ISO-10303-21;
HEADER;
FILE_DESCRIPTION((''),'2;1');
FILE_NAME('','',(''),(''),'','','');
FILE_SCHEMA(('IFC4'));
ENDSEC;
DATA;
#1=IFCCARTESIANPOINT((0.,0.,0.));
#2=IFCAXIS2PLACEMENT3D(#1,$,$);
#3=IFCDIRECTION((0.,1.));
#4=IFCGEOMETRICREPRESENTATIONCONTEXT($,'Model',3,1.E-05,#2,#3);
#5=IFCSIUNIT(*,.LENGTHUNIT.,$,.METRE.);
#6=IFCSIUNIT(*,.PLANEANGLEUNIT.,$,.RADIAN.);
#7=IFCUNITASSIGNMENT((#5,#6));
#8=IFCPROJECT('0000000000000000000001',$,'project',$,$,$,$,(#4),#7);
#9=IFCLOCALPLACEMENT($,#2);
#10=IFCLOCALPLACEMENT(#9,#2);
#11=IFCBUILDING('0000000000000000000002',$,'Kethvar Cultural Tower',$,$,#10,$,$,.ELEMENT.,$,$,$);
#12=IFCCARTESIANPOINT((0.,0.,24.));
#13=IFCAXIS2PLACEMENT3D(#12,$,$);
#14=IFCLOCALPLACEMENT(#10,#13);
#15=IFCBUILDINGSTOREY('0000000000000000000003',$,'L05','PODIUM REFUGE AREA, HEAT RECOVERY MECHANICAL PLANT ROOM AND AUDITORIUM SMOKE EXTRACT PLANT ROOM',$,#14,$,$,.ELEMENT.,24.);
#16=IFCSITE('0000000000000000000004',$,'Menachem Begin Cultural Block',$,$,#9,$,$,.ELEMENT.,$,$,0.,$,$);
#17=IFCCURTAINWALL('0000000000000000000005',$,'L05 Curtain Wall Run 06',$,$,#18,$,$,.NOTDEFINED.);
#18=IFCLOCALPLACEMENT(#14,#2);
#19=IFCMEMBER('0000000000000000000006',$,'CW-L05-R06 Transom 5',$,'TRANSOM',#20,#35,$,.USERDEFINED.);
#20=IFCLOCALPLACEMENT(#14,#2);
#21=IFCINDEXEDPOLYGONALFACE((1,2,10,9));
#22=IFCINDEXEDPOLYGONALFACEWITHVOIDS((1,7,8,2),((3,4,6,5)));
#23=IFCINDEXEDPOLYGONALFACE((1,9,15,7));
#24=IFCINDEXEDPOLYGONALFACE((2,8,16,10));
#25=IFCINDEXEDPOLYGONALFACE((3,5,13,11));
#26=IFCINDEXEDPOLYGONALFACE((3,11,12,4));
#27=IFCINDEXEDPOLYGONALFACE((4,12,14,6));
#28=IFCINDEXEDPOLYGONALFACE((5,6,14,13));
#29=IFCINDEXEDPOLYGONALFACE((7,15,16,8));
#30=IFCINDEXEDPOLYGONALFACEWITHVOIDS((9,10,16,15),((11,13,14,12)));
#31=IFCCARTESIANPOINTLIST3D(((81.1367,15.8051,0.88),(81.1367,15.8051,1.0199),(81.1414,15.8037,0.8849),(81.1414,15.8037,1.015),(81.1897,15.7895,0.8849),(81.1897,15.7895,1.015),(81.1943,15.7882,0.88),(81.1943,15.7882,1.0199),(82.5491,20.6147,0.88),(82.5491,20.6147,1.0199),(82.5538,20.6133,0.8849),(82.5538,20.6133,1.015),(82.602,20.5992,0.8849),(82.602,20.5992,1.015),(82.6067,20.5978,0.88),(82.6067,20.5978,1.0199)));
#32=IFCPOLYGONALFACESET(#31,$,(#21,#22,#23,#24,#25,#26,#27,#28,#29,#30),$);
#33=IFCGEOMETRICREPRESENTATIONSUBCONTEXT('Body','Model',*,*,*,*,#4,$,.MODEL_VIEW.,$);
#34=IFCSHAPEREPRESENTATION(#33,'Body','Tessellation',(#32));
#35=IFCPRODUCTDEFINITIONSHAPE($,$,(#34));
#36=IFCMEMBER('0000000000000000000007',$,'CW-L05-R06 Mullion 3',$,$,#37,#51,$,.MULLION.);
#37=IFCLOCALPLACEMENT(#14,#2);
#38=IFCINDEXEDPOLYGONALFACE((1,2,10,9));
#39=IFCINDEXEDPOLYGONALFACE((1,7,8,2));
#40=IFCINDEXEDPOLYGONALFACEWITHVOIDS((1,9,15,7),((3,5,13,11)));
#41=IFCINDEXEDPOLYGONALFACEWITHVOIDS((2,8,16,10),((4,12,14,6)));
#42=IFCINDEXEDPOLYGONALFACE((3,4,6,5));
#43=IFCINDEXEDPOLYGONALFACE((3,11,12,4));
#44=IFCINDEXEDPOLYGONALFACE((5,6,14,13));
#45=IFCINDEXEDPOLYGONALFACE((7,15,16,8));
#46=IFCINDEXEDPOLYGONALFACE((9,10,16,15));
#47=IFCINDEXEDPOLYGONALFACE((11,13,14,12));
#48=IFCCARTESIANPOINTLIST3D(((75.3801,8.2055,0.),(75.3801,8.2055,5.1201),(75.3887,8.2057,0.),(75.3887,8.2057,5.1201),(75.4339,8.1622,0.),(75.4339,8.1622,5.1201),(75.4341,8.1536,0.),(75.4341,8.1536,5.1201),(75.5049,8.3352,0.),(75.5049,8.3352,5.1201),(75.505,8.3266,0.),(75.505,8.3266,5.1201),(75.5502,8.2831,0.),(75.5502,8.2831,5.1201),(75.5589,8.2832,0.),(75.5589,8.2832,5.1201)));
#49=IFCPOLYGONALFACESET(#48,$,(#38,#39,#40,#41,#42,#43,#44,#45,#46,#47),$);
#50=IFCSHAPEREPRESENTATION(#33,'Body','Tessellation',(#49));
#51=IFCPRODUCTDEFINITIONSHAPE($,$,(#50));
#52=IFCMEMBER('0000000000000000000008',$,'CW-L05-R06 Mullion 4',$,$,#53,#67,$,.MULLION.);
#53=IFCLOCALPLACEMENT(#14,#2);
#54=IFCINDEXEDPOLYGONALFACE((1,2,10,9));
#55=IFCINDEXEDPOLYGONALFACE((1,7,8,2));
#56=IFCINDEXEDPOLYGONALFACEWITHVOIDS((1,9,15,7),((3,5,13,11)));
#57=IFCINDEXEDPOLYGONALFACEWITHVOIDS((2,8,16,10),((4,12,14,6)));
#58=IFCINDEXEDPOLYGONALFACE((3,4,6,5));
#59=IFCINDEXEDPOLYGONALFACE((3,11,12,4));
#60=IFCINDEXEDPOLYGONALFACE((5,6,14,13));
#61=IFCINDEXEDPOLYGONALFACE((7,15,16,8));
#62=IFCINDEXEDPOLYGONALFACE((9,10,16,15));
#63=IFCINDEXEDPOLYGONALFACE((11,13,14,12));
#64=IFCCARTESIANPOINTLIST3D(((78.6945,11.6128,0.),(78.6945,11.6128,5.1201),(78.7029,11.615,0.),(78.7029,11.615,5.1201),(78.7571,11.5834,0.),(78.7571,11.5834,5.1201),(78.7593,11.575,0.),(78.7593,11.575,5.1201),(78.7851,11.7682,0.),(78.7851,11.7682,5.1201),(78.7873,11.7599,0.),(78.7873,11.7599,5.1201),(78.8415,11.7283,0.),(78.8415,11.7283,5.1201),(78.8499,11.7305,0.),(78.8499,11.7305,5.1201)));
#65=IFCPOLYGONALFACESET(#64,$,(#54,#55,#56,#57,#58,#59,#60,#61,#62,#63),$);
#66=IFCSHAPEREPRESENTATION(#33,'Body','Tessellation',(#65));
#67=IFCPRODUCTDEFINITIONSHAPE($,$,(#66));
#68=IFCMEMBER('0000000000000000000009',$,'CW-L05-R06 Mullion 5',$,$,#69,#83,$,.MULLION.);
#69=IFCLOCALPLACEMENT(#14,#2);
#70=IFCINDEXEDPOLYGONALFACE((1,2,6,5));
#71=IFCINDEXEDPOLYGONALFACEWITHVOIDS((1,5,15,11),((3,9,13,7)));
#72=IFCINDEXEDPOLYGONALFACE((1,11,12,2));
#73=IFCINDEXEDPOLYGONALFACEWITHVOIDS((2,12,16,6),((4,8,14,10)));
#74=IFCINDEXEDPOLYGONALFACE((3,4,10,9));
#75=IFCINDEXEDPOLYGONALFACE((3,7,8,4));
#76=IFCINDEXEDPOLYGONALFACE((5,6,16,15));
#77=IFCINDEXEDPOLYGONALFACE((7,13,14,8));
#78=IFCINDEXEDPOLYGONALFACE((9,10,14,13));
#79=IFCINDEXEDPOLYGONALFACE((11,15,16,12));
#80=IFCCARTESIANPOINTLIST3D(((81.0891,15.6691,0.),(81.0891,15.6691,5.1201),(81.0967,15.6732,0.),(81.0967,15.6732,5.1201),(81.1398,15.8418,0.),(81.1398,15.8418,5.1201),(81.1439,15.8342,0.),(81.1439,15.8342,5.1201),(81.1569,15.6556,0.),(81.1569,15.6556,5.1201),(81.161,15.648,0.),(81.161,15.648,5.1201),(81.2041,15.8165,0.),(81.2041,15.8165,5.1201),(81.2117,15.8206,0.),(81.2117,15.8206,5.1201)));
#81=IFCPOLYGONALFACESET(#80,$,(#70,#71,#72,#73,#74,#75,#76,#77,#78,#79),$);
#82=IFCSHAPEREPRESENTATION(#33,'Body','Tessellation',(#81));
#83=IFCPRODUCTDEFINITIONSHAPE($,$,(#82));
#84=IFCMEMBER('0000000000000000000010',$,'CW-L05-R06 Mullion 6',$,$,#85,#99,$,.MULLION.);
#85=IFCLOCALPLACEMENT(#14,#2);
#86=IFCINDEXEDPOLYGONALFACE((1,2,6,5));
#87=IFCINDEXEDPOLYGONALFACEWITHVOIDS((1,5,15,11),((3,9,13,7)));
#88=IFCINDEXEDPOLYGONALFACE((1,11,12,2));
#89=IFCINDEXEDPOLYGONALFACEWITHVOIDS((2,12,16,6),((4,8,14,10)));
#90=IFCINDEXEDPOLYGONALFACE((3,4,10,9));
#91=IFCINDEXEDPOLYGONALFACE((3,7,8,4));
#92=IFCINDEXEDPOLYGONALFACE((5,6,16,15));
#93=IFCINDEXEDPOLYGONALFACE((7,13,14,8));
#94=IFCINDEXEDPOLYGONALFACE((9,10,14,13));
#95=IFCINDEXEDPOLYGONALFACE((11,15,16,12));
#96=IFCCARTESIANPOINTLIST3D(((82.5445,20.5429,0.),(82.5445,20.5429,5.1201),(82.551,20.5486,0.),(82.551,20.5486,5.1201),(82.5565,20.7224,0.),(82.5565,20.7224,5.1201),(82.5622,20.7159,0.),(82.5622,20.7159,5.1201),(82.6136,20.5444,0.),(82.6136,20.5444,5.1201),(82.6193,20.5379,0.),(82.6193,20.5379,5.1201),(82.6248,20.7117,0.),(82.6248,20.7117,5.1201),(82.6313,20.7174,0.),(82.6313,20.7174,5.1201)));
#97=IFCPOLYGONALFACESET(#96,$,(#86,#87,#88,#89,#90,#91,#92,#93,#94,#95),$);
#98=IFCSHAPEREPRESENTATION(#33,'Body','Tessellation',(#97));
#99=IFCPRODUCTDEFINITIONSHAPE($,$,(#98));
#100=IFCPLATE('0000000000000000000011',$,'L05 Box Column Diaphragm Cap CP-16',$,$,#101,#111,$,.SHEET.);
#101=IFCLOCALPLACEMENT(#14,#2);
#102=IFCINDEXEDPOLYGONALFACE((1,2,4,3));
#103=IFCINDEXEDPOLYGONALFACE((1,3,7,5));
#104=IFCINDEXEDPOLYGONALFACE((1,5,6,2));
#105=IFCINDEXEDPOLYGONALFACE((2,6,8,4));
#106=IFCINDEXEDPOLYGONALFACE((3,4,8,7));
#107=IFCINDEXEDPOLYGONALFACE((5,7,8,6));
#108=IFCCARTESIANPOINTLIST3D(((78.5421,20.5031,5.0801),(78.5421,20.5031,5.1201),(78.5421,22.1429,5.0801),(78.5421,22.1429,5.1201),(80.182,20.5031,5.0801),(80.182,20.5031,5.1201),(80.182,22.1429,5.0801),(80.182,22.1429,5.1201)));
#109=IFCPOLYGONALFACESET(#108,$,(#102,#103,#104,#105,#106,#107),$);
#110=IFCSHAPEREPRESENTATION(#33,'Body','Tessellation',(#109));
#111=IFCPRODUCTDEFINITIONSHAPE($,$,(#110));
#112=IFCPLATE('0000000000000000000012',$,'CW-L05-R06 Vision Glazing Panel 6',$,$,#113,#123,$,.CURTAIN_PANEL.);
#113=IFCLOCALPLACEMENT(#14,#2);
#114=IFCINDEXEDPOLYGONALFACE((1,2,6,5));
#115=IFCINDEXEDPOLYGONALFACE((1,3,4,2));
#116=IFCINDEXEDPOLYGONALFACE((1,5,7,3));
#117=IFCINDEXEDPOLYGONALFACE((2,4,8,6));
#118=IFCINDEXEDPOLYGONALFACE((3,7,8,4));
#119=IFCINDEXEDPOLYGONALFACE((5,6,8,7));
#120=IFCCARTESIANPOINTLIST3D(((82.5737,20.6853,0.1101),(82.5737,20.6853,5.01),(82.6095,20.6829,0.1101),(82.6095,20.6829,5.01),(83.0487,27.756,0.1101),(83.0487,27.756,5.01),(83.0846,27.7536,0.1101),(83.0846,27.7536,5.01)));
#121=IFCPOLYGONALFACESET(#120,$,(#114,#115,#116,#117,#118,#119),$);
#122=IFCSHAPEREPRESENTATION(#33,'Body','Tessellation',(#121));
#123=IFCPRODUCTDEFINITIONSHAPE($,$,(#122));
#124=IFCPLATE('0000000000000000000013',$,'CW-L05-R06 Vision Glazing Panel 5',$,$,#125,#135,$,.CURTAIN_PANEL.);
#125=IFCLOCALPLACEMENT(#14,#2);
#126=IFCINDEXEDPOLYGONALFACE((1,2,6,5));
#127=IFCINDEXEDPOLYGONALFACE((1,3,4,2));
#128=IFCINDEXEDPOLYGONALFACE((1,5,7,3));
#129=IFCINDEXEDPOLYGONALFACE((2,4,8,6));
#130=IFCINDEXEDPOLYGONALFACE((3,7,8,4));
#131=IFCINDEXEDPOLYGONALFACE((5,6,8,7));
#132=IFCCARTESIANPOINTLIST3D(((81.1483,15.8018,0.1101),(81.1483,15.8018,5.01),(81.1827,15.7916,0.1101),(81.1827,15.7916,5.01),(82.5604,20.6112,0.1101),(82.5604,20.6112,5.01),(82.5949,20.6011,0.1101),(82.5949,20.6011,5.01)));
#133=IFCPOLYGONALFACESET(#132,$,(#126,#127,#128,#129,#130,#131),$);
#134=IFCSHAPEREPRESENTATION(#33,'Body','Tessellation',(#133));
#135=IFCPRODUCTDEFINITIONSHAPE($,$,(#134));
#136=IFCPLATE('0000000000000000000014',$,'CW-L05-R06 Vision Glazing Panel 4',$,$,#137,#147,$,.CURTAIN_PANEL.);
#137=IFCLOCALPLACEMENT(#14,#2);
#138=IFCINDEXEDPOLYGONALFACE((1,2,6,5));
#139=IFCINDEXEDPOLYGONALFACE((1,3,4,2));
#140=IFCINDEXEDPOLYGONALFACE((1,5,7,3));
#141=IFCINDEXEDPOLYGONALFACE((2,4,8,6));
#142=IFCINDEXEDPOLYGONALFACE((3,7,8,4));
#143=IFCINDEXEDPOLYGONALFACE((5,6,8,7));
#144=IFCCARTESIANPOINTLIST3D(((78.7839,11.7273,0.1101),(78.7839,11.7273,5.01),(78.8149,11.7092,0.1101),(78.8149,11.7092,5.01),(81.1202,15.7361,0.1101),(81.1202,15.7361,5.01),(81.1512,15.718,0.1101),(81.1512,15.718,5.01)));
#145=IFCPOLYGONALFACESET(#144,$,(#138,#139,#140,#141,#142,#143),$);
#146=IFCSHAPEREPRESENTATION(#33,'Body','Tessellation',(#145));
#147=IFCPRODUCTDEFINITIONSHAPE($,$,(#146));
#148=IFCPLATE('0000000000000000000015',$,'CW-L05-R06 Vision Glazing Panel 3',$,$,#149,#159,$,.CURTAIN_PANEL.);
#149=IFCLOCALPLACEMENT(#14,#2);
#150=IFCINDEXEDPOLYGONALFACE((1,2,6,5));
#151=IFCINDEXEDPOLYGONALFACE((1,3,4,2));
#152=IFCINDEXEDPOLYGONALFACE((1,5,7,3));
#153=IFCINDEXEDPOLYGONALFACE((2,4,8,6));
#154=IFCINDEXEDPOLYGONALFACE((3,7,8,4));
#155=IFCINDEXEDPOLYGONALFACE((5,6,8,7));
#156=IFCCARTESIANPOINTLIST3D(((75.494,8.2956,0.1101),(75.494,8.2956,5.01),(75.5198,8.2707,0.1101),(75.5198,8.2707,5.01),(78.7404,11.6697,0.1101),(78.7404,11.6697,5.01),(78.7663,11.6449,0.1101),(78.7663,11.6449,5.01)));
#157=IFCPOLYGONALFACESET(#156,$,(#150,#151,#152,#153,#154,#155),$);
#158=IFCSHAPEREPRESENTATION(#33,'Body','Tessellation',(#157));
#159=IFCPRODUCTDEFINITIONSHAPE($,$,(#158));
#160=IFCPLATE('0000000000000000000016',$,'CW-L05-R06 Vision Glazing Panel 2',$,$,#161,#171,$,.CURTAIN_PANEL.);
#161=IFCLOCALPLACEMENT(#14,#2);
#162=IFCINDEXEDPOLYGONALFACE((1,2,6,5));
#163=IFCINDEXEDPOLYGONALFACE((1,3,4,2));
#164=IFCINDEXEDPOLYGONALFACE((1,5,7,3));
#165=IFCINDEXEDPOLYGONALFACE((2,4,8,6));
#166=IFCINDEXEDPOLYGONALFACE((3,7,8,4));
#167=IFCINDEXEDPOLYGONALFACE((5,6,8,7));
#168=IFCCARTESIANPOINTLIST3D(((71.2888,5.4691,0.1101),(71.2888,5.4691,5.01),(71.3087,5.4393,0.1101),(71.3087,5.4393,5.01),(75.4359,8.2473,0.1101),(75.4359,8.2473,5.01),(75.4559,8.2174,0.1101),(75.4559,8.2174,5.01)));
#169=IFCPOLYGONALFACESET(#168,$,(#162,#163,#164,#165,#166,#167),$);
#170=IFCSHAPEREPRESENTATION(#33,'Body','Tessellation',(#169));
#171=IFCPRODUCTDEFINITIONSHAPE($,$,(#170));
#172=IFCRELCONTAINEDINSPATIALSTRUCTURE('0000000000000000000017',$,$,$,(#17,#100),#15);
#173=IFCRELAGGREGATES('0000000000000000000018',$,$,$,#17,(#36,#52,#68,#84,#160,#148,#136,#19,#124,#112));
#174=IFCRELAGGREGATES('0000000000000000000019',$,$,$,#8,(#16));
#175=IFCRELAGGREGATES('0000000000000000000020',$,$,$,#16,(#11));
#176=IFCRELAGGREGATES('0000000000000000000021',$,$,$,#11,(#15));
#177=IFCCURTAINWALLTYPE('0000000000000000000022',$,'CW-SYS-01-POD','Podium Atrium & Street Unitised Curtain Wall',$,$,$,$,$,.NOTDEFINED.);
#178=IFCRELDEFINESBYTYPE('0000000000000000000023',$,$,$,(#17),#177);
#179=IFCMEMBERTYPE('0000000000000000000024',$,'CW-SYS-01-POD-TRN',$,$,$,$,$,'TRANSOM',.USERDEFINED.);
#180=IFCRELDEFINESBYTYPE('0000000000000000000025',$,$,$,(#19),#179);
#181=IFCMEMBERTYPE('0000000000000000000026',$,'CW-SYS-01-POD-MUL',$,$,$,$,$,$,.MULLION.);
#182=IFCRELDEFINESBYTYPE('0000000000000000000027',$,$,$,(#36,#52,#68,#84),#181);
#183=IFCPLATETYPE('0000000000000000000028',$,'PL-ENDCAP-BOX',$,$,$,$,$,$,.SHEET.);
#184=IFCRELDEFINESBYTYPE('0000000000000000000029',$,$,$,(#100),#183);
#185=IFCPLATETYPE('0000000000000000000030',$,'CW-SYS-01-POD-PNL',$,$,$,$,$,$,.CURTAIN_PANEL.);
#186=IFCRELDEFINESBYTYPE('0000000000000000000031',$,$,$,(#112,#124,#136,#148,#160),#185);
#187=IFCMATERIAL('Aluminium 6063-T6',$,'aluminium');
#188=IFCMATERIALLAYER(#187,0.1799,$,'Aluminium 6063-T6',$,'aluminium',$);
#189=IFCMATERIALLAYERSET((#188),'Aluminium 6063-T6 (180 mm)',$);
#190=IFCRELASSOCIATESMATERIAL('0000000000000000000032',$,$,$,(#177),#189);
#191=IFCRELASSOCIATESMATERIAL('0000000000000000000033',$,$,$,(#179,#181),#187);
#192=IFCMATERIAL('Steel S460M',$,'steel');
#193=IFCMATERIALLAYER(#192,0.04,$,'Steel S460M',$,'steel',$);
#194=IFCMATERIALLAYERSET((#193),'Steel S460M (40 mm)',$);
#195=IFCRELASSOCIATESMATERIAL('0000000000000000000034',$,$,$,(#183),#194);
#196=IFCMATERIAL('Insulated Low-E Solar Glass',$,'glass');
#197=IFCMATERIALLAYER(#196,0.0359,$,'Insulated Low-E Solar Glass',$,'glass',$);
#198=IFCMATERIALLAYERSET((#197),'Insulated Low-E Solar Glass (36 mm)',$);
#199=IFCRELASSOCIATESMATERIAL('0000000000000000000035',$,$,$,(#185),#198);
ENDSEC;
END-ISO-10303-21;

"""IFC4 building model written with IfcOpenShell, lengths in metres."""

from ifc_helpers import new_model, si_unit, direction, frame, origin, origin_2d, place, context, subcontext, project, spatial, rectangle, hollow_rectangle, extrude, source, transform, mapped, material, layer, layer_set, material_profile, profile_set, type_object, element, aggregate, save


model = new_model("IFC4")

# Units and contexts
model_context = context("Model", 3, precision=1e-05, world=origin(), true_north=direction((0.0, 1.0)))
body_context = subcontext(model_context, "Body", "Model", "MODEL_VIEW")
ifc_project = project(units=[si_unit("LENGTHUNIT", "METRE"), si_unit("PLANEANGLEUNIT", "RADIAN")], contexts=[model_context])

# Site, building, storey
site_placement = place(None, origin())
site = spatial("IfcSite", under=ifc_project, at=site_placement, Name="Menachem Begin Cultural Block", CompositionType="ELEMENT", RefElevation=0.0)
building_placement = place(site_placement, origin())
building = spatial("IfcBuilding", under=site, at=building_placement, Name="Kethvar Cultural Tower", CompositionType="ELEMENT")
storey_placement = place(building_placement, frame((0.0, 0.0, 24.0)))
storey = spatial("IfcBuildingStorey", under=building, at=storey_placement, Name="L05", Description="PODIUM REFUGE AREA, HEAT RECOVERY MECHANICAL PLANT ROOM AND AUDITORIUM SMOKE EXTRACT PLANT ROOM", CompositionType="ELEMENT", Elevation=24.0)

# Shared definitions
ifc_material_1 = material(Name="Steel S460M", Category="steel")

# Curtain wall, members
ifc_material_2 = material(Name="Aluminium 6063-T6", Category="aluminium")
ifc_layer_1 = layer(ifc_material_2, 0.1799, Name="Aluminium 6063-T6", Category="aluminium")
ifc_layer_set_1 = layer_set([ifc_layer_1], Name="Aluminium 6063-T6 (180 mm)")
curtain_wall_type = type_object("IfcCurtainWallType", Name="CW-SYS-01-POD", Description="Podium Atrium & Street Unitised Curtain Wall", PredefinedType="NOTDEFINED", material=ifc_layer_set_1)
curtain_wall_placement = place(storey_placement, origin())
curtain_wall = element("IfcCurtainWall", 1, at=curtain_wall_placement, inside=storey, type_object=curtain_wall_type, Name="L05 Curtain Wall Run 06", PredefinedType="NOTDEFINED")
ifc_material_profile_1 = material_profile(ifc_material_2, hollow_rectangle(XDim=0.0601, YDim=0.1399, WallThickness=0.0049, at=origin_2d()), Name="Aluminium 6063-T6 — RHS140x60x5")
ifc_profile_set_1 = profile_set([ifc_material_profile_1], Name="Aluminium 6063-T6 — RHS140x60x5")
member_type_1 = type_object("IfcMemberType", Name="CW-SYS-01-POD-TRN", ElementType="TRANSOM", PredefinedType="USERDEFINED", material=ifc_profile_set_1)
shared_shape_1 = source(origin(), body_context, "Body", "SweptSolid", [
    extrude(hollow_rectangle(XDim=0.0601, YDim=0.1399, WallThickness=0.0049, at=origin_2d()), origin(), (0.0, 0.0, 1.0), 5.0127),
])
member_1_placement = place(storey_placement, frame((81.1655, 15.7966, 0.95), z_axis=(0.281758, 0.959486, 0.0), x_axis=(-0.959486, 0.281758, 0.0)))
member_1 = element("IfcMember", 2, at=member_1_placement, type_object=member_type_1, Name="CW-L05-R06 Transom 5", ObjectType="TRANSOM", PredefinedType="USERDEFINED", context=body_context, shape_type="MappedRepresentation", body=[
    mapped(shared_shape_1, transform((0.0, 0.0, 0.0), scale=1.0)),
])
ifc_material_profile_2 = material_profile(ifc_material_2, hollow_rectangle(XDim=0.075, YDim=0.1799, WallThickness=0.0061, at=origin_2d()), Name="Aluminium 6063-T6 — RHS180x75x6")
ifc_profile_set_2 = profile_set([ifc_material_profile_2], Name="Aluminium 6063-T6 — RHS180x75x6")
member_type_2 = type_object("IfcMemberType", Name="CW-SYS-01-POD-MUL", PredefinedType="MULLION", material=ifc_profile_set_2)
shared_shape_2 = source(origin(), body_context, "Body", "SweptSolid", [
    extrude(hollow_rectangle(XDim=0.075, YDim=0.1799, WallThickness=0.0061, at=origin_2d()), origin(), (0.0, 0.0, 1.0), 5.1201),
])
member_2_placement = place(storey_placement, frame((75.4695, 8.2444, 0.0), z_axis=(0.0, 0.0, 1.0), x_axis=(-0.720612, 0.693339, 0.0)))
member_2 = element("IfcMember", 3, at=member_2_placement, type_object=member_type_2, Name="CW-L05-R06 Mullion 3", PredefinedType="MULLION", context=body_context, shape_type="MappedRepresentation", body=[
    mapped(shared_shape_2, transform((0.0, 0.0, 0.0), scale=1.0)),
])
member_3_placement = place(storey_placement, frame((78.7722, 11.6716, 0.0), z_axis=(0.0, 0.0, 1.0), x_axis=(-0.863985, 0.503518, 0.0)))
member_3 = element("IfcMember", 4, at=member_3_placement, type_object=member_type_2, Name="CW-L05-R06 Mullion 4", PredefinedType="MULLION", context=body_context, shape_type="MappedRepresentation", body=[
    mapped(shared_shape_2, transform((0.0, 0.0, 0.0), scale=1.0)),
])
member_4_placement = place(storey_placement, frame((81.1504, 15.7449, 0.0), z_axis=(0.0, 0.0, 1.0), x_axis=(-0.959496, 0.281722, 0.0)))
member_4 = element("IfcMember", 5, at=member_4_placement, type_object=member_type_2, Name="CW-L05-R06 Mullion 5", PredefinedType="MULLION", context=body_context, shape_type="MappedRepresentation", body=[
    mapped(shared_shape_2, transform((0.0, 0.0, 0.0), scale=1.0)),
])
member_5_placement = place(storey_placement, frame((82.5879, 20.6301, 0.0), z_axis=(0.0, 0.0, 1.0), x_axis=(-0.99775, 0.06704, 0.0)))
member_5 = element("IfcMember", 6, at=member_5_placement, type_object=member_type_2, Name="CW-L05-R06 Mullion 6", PredefinedType="MULLION", context=body_context, shape_type="MappedRepresentation", body=[
    mapped(shared_shape_2, transform((0.0, 0.0, 0.0), scale=1.0)),
])

# Plates
ifc_layer_2 = layer(ifc_material_1, 0.04, Name="Steel S460M", Category="steel")
ifc_layer_set_2 = layer_set([ifc_layer_2], Name="Steel S460M (40 mm)")
plate_type_1 = type_object("IfcPlateType", Name="PL-ENDCAP-BOX", PredefinedType="SHEET", material=ifc_layer_set_2)
shared_shape_3 = source(origin(), body_context, "Body", "SweptSolid", [
    extrude(rectangle(XDim=1.6399, YDim=1.6399, at=origin_2d()), origin(), (0.0, 0.0, 1.0), 0.04),
])
plate_1_placement = place(storey_placement, frame((79.3621, 21.323, 5.0801), z_axis=(0.0, 0.0, 1.0), x_axis=(1.0, 0.0, 0.0)))
element("IfcPlate", 7, at=plate_1_placement, inside=storey, type_object=plate_type_1, Name="L05 Box Column Diaphragm Cap CP-16", PredefinedType="SHEET", context=body_context, shape_type="MappedRepresentation", body=[
    mapped(shared_shape_3, transform((0.0, 0.0, 0.0), scale=1.0)),
])
ifc_material_3 = material(Name="Insulated Low-E Solar Glass", Category="glass")
ifc_layer_3 = layer(ifc_material_3, 0.0359, Name="Insulated Low-E Solar Glass", Category="glass")
ifc_layer_set_3 = layer_set([ifc_layer_3], Name="Insulated Low-E Solar Glass (36 mm)")
plate_type_2 = type_object("IfcPlateType", Name="CW-SYS-01-POD-PNL", PredefinedType="CURTAIN_PANEL", material=ifc_layer_set_3)
shared_shape_4 = source(origin(), body_context, "Body", "SweptSolid", [
    extrude(rectangle(XDim=7.0867, YDim=0.0359, at=origin_2d()), origin(), (0.0, 0.0, 1.0), 4.8999),
])
plate_2_placement = place(storey_placement, frame((82.8291, 24.2195, 0.1101), z_axis=(0.0, 0.0, 1.0), x_axis=(0.06704, 0.99775, 0.0)))
plate_2 = element("IfcPlate", 8, at=plate_2_placement, type_object=plate_type_2, Name="CW-L05-R06 Vision Glazing Panel 6", PredefinedType="CURTAIN_PANEL", context=body_context, shape_type="MappedRepresentation", body=[
    mapped(shared_shape_4, transform((0.0, 0.0, 0.0), scale=1.0)),
])
shared_shape_5 = source(origin(), body_context, "Body", "SweptSolid", [
    extrude(rectangle(XDim=5.0125, YDim=0.0359, at=origin_2d()), origin(), (0.0, 0.0, 1.0), 4.8999),
])
plate_3_placement = place(storey_placement, frame((81.8716, 18.2014, 0.1101), z_axis=(0.0, 0.0, 1.0), x_axis=(0.281722, 0.959496, 0.0)))
plate_3 = element("IfcPlate", 9, at=plate_3_placement, type_object=plate_type_2, Name="CW-L05-R06 Vision Glazing Panel 5", PredefinedType="CURTAIN_PANEL", context=body_context, shape_type="MappedRepresentation", body=[
    mapped(shared_shape_5, transform((0.0, 0.0, 0.0), scale=1.0)),
])
shared_shape_6 = source(origin(), body_context, "Body", "SweptSolid", [
    extrude(rectangle(XDim=4.6399, YDim=0.0359, at=origin_2d()), origin(), (0.0, 0.0, 1.0), 4.8999),
])
plate_4_placement = place(storey_placement, frame((79.9675, 13.7227, 0.1101), z_axis=(0.0, 0.0, 1.0), x_axis=(0.503518, 0.863985, 0.0)))
plate_4 = element("IfcPlate", 10, at=plate_4_placement, type_object=plate_type_2, Name="CW-L05-R06 Vision Glazing Panel 4", PredefinedType="CURTAIN_PANEL", context=body_context, shape_type="MappedRepresentation", body=[
    mapped(shared_shape_6, transform((0.0, 0.0, 0.0), scale=1.0)),
])
shared_shape_7 = source(origin(), body_context, "Body", "SweptSolid", [
    extrude(rectangle(XDim=4.6824, YDim=0.0359, at=origin_2d()), origin(), (0.0, 0.0, 1.0), 4.8999),
])
plate_5_placement = place(storey_placement, frame((77.1301, 9.9702, 0.1101), z_axis=(0.0, 0.0, 1.0), x_axis=(0.693339, 0.720612, 0.0)))
plate_5 = element("IfcPlate", 11, at=plate_5_placement, type_object=plate_type_2, Name="CW-L05-R06 Vision Glazing Panel 3", PredefinedType="CURTAIN_PANEL", context=body_context, shape_type="MappedRepresentation", body=[
    mapped(shared_shape_7, transform((0.0, 0.0, 0.0), scale=1.0)),
])
shared_shape_8 = source(origin(), body_context, "Body", "SweptSolid", [
    extrude(rectangle(XDim=4.9917, YDim=0.0359, at=origin_2d()), origin(), (0.0, 0.0, 1.0), 4.8999),
])
plate_6_placement = place(storey_placement, frame((73.3723, 6.8433, 0.1101), z_axis=(0.0, 0.0, 1.0), x_axis=(0.83081, 0.556557, 0.0)))
plate_6 = element("IfcPlate", 12, at=plate_6_placement, type_object=plate_type_2, Name="CW-L05-R06 Vision Glazing Panel 2", PredefinedType="CURTAIN_PANEL", context=body_context, shape_type="MappedRepresentation", body=[
    mapped(shared_shape_8, transform((0.0, 0.0, 0.0), scale=1.0)),
])
aggregate(curtain_wall, [member_2, member_3, member_4, member_5, plate_6, plate_5, plate_4, member_1, plate_3, plate_2])

save(model, "model.ifc")
